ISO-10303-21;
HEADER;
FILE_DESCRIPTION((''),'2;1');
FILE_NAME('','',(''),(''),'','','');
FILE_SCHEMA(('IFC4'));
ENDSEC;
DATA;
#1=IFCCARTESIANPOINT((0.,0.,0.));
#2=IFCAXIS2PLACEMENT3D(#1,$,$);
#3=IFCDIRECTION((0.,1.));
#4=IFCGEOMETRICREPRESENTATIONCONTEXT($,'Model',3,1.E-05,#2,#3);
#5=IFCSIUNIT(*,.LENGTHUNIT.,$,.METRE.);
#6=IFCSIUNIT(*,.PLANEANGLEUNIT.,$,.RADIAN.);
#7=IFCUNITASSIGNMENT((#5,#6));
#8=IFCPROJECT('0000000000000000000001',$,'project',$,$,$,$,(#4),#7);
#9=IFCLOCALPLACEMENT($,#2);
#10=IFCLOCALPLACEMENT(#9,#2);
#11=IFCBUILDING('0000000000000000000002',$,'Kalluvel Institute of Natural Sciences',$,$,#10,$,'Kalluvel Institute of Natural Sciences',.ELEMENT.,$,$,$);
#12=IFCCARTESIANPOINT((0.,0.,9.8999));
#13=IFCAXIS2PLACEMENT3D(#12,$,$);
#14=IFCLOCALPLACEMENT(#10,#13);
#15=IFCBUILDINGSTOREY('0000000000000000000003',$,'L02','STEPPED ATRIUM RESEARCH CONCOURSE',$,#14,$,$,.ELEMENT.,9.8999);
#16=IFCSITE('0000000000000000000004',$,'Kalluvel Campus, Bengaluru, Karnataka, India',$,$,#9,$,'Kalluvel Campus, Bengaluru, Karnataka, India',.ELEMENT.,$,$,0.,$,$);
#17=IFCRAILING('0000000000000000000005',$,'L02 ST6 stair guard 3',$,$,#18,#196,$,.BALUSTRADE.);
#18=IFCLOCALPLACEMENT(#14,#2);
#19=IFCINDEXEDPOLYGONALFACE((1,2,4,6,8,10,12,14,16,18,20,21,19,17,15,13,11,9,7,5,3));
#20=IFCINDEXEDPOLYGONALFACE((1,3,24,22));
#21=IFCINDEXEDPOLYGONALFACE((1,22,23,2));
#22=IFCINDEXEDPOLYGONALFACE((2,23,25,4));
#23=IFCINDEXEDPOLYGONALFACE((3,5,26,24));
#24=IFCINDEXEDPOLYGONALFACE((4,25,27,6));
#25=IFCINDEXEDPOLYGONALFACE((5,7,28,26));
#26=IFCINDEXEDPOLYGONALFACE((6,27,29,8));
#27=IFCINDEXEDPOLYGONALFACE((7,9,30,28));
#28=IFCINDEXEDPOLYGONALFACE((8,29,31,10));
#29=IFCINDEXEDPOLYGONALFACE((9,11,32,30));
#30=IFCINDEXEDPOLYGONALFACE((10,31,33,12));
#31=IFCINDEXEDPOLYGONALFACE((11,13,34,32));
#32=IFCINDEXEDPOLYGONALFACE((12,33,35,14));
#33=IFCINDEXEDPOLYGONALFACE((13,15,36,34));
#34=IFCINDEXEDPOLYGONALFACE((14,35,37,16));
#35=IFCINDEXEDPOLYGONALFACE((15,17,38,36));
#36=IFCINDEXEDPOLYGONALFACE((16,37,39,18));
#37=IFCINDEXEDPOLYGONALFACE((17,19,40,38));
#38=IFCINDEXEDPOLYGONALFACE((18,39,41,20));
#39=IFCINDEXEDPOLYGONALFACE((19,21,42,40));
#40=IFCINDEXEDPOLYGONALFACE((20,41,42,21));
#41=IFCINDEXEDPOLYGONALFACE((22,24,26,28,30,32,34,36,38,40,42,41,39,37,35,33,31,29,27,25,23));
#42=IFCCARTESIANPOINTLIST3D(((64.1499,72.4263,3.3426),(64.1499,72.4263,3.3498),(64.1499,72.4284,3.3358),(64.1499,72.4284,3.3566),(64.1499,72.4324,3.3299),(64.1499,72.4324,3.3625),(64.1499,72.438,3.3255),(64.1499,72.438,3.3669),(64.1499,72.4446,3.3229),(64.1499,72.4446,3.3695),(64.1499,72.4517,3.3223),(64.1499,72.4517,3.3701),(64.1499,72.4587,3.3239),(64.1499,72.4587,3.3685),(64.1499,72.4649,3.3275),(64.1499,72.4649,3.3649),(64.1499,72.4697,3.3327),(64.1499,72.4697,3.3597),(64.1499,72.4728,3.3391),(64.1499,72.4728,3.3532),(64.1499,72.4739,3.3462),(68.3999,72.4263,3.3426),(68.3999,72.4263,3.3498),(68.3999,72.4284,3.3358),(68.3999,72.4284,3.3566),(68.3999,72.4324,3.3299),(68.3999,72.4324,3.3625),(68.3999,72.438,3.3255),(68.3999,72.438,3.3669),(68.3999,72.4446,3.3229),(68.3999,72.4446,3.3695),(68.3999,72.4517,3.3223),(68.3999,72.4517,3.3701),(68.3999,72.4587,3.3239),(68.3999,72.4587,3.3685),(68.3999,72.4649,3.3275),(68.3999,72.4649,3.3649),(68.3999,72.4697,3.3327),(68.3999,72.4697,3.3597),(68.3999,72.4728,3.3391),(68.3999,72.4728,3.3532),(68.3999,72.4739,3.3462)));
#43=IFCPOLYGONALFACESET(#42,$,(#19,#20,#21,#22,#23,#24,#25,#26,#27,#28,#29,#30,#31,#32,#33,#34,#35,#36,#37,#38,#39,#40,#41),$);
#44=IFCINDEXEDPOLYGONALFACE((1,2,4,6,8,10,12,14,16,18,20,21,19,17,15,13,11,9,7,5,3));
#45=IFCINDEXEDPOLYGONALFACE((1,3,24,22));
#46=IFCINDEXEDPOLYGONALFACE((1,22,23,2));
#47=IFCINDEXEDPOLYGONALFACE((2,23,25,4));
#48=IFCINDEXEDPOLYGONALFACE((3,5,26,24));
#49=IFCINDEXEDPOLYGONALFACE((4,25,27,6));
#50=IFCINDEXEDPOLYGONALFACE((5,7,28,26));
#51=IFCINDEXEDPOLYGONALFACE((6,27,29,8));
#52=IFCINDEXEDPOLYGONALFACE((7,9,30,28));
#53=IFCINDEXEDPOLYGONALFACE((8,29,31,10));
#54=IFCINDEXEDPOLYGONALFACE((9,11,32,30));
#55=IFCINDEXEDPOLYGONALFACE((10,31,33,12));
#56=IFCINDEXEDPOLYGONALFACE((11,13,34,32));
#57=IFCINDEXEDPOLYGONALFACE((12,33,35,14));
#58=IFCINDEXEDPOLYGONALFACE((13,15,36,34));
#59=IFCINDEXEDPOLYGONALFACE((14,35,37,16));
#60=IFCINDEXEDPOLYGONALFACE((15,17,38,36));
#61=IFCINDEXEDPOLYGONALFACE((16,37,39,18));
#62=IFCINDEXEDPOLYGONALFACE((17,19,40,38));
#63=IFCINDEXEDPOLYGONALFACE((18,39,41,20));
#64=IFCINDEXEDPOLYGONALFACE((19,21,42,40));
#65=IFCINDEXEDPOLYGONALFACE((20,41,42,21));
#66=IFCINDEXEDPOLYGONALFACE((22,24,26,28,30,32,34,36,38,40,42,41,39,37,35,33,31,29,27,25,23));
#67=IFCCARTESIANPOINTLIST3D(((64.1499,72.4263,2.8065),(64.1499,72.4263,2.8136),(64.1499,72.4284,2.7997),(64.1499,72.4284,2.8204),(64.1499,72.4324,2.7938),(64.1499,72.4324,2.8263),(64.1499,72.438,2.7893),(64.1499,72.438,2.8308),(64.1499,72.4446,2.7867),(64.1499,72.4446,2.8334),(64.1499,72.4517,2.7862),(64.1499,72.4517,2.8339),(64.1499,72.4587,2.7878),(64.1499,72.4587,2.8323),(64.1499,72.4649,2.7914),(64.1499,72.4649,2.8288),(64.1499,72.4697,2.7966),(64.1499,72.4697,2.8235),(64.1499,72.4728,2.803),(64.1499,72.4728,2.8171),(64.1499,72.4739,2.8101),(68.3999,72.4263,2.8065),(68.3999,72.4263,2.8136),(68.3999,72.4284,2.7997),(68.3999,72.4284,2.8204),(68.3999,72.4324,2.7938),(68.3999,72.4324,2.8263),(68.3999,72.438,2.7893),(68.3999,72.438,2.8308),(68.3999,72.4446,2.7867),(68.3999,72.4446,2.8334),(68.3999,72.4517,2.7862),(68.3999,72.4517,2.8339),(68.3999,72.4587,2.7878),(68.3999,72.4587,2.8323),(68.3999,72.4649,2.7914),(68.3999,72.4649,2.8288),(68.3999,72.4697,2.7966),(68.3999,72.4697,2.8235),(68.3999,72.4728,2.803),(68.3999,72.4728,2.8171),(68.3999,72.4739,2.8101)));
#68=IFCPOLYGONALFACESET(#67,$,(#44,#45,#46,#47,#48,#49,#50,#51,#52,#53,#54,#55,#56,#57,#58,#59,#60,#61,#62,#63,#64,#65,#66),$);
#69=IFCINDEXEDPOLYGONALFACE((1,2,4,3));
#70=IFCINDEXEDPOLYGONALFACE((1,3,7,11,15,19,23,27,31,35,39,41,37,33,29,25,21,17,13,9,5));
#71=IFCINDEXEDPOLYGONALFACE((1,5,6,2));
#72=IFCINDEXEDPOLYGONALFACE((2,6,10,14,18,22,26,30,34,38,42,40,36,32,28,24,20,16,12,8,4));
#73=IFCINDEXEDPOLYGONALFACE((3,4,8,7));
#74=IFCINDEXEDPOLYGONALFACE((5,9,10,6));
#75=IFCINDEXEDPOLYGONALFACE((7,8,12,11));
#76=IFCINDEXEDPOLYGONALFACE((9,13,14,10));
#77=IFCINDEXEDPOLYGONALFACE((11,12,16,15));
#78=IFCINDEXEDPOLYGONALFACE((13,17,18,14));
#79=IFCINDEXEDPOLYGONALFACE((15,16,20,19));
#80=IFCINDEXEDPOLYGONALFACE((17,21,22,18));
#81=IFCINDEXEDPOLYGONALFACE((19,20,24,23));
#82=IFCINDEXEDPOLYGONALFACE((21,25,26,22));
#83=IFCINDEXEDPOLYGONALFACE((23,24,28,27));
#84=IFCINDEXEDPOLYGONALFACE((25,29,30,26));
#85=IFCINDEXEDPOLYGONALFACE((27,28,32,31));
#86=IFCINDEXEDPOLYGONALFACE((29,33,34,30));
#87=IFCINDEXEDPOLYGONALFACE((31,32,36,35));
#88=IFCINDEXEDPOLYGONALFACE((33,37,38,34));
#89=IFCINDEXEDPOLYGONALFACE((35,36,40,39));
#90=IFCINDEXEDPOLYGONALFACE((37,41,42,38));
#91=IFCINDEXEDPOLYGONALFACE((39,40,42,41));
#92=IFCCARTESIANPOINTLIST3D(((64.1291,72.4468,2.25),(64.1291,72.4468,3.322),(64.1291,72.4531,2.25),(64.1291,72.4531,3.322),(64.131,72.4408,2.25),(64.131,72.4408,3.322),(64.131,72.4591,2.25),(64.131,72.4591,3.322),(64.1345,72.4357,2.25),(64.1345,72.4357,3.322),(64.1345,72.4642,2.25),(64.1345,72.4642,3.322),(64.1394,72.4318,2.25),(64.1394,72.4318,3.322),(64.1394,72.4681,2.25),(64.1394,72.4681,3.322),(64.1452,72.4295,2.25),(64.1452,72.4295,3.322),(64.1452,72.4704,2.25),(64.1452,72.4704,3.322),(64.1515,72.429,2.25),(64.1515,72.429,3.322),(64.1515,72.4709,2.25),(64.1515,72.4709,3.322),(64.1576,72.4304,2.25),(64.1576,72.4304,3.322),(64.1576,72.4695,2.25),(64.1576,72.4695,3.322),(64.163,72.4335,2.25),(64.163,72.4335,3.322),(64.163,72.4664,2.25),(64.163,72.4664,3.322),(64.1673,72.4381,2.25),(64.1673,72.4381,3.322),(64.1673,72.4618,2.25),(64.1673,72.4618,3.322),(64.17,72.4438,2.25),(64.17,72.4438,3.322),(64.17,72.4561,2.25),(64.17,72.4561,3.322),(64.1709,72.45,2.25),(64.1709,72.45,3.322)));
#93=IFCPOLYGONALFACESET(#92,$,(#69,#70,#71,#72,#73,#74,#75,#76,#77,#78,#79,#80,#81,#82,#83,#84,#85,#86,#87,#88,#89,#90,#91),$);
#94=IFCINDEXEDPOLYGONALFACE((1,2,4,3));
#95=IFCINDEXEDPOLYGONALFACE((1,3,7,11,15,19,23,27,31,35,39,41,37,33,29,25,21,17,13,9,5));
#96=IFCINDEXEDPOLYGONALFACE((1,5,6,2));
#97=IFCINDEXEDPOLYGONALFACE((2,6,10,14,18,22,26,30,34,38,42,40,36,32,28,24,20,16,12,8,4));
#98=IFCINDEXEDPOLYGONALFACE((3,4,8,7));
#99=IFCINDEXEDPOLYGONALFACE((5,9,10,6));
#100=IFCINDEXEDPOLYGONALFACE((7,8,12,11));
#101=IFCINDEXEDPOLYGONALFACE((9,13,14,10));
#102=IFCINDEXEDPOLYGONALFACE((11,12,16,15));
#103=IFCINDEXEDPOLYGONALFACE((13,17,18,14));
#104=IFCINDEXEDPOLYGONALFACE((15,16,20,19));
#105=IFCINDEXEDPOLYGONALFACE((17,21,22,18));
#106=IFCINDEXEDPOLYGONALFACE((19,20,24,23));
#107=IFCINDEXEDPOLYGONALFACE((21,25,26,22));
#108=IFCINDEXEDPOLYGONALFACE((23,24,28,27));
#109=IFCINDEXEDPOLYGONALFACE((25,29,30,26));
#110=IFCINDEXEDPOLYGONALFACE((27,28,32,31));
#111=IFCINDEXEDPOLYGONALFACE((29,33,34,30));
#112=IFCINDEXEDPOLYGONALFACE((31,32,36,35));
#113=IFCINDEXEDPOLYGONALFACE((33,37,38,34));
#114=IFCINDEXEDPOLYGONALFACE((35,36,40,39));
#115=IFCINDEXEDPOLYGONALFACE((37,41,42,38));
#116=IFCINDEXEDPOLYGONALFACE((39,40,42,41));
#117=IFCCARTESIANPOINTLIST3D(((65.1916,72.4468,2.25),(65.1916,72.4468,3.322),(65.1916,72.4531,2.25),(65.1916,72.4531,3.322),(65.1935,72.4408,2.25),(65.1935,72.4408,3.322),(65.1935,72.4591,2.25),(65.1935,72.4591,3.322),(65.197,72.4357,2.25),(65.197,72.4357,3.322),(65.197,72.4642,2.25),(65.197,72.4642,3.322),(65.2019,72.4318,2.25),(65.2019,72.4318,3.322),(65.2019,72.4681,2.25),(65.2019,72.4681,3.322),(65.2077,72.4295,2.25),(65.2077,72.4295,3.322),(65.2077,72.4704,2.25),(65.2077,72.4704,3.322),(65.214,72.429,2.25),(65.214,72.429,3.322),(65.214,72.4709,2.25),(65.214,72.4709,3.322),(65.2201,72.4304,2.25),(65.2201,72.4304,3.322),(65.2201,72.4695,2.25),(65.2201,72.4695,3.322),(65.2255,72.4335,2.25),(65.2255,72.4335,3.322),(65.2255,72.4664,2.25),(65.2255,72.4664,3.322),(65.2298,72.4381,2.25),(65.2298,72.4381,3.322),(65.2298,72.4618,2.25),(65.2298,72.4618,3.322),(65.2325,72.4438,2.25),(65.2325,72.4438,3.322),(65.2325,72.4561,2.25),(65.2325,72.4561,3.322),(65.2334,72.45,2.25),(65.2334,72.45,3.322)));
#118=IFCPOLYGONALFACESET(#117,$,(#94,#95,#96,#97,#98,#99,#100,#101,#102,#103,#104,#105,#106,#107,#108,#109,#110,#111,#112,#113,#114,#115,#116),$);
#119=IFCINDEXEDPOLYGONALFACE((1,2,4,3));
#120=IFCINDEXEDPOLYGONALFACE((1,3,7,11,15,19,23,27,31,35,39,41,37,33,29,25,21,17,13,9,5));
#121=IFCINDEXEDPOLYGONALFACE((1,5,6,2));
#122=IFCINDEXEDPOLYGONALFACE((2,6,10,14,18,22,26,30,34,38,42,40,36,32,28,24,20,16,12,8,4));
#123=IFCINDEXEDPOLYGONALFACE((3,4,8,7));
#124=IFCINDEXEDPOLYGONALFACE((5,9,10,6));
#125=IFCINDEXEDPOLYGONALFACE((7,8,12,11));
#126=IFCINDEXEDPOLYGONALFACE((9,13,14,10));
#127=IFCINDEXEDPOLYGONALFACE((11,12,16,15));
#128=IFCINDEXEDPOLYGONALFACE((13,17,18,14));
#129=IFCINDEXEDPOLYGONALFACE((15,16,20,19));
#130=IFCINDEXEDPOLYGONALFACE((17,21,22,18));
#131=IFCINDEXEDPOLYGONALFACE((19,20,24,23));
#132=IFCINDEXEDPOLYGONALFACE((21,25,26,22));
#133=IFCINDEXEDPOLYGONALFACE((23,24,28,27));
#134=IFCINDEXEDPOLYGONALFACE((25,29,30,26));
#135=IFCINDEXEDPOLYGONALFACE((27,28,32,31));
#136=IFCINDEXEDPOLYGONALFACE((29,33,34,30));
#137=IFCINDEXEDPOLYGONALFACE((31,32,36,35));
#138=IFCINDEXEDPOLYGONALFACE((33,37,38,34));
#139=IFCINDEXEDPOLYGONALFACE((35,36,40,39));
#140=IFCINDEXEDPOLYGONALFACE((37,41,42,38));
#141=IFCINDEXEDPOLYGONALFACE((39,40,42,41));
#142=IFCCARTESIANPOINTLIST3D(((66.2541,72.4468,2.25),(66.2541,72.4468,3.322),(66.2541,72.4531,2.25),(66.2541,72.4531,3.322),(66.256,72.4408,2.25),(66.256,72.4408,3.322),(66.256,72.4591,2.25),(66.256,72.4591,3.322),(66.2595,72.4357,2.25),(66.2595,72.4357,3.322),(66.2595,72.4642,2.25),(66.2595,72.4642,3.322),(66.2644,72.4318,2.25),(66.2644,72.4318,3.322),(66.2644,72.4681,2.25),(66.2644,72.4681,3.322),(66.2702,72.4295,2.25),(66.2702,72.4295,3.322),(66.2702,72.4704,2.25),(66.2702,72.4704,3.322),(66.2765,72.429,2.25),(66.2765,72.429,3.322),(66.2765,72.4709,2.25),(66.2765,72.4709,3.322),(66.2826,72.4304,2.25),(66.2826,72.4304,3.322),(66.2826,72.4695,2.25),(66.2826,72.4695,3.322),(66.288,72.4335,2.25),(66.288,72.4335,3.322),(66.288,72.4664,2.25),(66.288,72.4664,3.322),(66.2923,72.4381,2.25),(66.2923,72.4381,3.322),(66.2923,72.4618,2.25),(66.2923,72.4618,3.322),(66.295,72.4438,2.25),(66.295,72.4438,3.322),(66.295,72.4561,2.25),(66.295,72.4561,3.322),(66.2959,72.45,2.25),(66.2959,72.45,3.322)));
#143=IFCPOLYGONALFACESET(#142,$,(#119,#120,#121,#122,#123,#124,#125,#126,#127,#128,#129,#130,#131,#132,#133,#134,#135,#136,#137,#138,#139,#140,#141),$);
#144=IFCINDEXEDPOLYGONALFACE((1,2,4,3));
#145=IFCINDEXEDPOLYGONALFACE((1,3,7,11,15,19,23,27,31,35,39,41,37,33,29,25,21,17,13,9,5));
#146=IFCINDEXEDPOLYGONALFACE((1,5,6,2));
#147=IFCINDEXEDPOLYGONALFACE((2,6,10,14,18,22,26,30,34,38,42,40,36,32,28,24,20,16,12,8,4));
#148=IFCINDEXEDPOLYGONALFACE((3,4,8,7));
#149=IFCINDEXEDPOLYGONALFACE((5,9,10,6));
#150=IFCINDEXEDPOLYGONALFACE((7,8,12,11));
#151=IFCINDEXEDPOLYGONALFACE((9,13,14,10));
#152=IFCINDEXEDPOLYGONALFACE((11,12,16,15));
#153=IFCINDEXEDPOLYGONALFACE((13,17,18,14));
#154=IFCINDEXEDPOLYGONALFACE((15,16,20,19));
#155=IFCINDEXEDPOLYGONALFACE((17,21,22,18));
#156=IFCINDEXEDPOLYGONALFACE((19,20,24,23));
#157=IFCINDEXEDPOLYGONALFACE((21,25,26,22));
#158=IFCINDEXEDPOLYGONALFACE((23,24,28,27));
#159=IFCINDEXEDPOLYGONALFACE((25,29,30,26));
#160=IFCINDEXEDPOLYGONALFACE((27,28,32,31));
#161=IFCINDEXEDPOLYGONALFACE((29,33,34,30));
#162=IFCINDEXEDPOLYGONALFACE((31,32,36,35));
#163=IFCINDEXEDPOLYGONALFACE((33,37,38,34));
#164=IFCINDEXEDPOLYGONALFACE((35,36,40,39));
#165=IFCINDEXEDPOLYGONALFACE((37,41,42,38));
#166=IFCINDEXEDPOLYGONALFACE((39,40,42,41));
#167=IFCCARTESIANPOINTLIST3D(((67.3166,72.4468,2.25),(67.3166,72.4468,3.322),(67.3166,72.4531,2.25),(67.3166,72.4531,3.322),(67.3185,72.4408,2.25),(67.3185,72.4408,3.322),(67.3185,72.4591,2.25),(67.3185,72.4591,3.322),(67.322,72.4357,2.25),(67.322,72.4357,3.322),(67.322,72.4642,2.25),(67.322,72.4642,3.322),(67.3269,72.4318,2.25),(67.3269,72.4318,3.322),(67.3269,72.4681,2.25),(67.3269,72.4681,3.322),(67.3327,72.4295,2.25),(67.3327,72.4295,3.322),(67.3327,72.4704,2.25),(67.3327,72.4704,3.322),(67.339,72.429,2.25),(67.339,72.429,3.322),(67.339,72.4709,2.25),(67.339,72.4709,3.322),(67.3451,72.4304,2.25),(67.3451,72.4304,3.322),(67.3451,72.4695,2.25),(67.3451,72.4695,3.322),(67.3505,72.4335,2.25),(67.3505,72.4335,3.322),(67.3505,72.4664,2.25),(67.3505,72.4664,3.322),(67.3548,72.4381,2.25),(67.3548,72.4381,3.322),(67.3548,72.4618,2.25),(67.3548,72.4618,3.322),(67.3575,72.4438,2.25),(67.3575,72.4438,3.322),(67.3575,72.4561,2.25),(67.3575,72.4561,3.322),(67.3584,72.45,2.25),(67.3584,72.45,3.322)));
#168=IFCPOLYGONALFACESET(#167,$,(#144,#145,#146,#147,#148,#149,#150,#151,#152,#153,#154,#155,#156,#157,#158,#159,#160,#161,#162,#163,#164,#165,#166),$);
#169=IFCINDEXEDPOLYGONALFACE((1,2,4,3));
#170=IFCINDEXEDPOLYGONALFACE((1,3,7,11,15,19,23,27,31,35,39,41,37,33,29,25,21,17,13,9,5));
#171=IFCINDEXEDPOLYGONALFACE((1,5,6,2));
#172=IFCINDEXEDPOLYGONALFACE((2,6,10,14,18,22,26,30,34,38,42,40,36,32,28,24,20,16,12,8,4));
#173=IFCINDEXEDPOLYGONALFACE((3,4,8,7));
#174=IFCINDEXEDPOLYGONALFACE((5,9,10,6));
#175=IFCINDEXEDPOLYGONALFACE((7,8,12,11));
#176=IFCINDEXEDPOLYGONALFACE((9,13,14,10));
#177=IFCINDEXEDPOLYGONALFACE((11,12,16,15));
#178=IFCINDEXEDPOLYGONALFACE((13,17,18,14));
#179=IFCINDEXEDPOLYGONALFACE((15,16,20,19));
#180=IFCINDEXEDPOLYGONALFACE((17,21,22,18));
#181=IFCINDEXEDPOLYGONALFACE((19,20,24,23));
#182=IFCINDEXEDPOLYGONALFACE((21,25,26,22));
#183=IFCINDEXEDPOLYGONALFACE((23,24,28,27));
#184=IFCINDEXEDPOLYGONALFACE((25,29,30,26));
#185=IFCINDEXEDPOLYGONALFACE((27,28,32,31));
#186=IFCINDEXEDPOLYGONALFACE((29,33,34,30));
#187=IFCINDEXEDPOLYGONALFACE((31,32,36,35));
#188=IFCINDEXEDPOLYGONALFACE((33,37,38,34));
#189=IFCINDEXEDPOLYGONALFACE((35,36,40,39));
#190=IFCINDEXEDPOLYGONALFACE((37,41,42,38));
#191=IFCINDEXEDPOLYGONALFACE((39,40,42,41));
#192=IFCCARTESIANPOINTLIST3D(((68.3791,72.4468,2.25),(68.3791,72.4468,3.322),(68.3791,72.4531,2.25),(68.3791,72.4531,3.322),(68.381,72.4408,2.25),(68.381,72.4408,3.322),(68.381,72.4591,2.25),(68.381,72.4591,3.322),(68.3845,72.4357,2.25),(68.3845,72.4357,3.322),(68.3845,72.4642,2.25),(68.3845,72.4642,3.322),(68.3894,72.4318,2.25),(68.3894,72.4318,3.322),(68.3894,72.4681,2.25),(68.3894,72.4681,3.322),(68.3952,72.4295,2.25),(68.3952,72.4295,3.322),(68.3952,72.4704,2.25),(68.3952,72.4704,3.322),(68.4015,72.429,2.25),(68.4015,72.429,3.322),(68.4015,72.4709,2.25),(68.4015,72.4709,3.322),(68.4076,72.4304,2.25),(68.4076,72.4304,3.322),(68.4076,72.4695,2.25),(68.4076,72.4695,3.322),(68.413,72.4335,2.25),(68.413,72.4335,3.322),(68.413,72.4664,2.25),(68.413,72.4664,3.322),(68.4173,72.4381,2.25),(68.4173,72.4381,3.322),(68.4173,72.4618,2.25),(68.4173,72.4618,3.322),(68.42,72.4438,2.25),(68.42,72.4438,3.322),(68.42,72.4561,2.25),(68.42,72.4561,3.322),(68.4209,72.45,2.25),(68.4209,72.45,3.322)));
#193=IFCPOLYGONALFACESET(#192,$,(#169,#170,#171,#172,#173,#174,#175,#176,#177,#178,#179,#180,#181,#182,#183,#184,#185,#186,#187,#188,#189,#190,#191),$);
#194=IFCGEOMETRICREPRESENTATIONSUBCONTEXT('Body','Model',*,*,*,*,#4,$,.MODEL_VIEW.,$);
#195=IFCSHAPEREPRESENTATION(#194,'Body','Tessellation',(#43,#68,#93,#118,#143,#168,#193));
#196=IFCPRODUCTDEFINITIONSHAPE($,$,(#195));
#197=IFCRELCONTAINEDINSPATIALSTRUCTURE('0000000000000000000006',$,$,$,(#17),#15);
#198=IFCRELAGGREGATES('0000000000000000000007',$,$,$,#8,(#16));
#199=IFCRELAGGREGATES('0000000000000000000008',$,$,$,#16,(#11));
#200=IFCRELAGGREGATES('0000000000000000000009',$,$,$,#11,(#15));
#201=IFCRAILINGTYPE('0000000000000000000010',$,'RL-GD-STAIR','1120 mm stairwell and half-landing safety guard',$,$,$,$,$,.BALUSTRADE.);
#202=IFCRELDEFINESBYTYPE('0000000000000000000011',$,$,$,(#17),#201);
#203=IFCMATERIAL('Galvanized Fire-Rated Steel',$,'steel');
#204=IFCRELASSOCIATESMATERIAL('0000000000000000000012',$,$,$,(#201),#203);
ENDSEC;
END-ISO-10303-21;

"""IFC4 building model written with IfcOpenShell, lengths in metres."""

from ifc_helpers import new_model, si_unit, direction, frame, origin, origin_2d, place, context, subcontext, project, spatial, circle, extrude, material, type_object, element, save


model = new_model("IFC4")

# Units and contexts
model_context = context("Model", 3, precision=1e-05, world=origin(), true_north=direction((0.0, 1.0)))
body_context = subcontext(model_context, "Body", "Model", "MODEL_VIEW")
ifc_project = project(units=[si_unit("LENGTHUNIT", "METRE"), si_unit("PLANEANGLEUNIT", "RADIAN")], contexts=[model_context])

# Site, building, storey
site_placement = place(None, origin())
site = spatial("IfcSite", under=ifc_project, at=site_placement, Name="Kalluvel Campus, Bengaluru, Karnataka, India", LongName="Kalluvel Campus, Bengaluru, Karnataka, India", CompositionType="ELEMENT", RefElevation=0.0)
building_placement = place(site_placement, origin())
building = spatial("IfcBuilding", under=site, at=building_placement, Name="Kalluvel Institute of Natural Sciences", LongName="Kalluvel Institute of Natural Sciences", CompositionType="ELEMENT")
storey_placement = place(building_placement, frame((0.0, 0.0, 9.8999)))
storey = spatial("IfcBuildingStorey", under=building, at=storey_placement, Name="L02", Description="STEPPED ATRIUM RESEARCH CONCOURSE", CompositionType="ELEMENT", Elevation=9.8999)

# Railing
ifc_material_1 = material(Name="Galvanized Fire-Rated Steel", Category="steel")
railing_type = type_object("IfcRailingType", Name="RL-GD-STAIR", Description="1120 mm stairwell and half-landing safety guard", PredefinedType="BALUSTRADE", material=ifc_material_1)
railing_1_placement = place(storey_placement, frame((64.1499, 72.45, 2.25)))
element("IfcRailing", 1, at=railing_1_placement, inside=storey, type_object=railing_type, Name="L02 ST6 stair guard 3", PredefinedType="BALUSTRADE", context=body_context, shape_type="SweptSolid", body=[
    extrude(circle(Radius=0.0239, at=origin_2d()), frame((0.0, 0.0, 1.0962), z_axis=(1.0, 0.0, 0.0), x_axis=(0.0, 1.0, 0.0)), (0.0, 0.0, 1.0), 4.25),
    extrude(circle(Radius=0.0239, at=origin_2d()), frame((0.0, 0.0, 0.5601), z_axis=(1.0, 0.0, 0.0), x_axis=(0.0, 1.0, 0.0)), (0.0, 0.0, 1.0), 4.25),
    extrude(circle(Radius=0.021, at=origin_2d()), origin(), (0.0, 0.0, 1.0), 1.072),
    extrude(circle(Radius=0.021, at=origin_2d()), frame((1.0625, 0.0, 0.0)), (0.0, 0.0, 1.0), 1.072),
    extrude(circle(Radius=0.021, at=origin_2d()), frame((2.125, 0.0, 0.0)), (0.0, 0.0, 1.0), 1.072),
    extrude(circle(Radius=0.021, at=origin_2d()), frame((3.1875, 0.0, 0.0)), (0.0, 0.0, 1.0), 1.072),
    extrude(circle(Radius=0.021, at=origin_2d()), frame((4.25, 0.0, 0.0)), (0.0, 0.0, 1.0), 1.072),
])

save(model, "model.ifc")
